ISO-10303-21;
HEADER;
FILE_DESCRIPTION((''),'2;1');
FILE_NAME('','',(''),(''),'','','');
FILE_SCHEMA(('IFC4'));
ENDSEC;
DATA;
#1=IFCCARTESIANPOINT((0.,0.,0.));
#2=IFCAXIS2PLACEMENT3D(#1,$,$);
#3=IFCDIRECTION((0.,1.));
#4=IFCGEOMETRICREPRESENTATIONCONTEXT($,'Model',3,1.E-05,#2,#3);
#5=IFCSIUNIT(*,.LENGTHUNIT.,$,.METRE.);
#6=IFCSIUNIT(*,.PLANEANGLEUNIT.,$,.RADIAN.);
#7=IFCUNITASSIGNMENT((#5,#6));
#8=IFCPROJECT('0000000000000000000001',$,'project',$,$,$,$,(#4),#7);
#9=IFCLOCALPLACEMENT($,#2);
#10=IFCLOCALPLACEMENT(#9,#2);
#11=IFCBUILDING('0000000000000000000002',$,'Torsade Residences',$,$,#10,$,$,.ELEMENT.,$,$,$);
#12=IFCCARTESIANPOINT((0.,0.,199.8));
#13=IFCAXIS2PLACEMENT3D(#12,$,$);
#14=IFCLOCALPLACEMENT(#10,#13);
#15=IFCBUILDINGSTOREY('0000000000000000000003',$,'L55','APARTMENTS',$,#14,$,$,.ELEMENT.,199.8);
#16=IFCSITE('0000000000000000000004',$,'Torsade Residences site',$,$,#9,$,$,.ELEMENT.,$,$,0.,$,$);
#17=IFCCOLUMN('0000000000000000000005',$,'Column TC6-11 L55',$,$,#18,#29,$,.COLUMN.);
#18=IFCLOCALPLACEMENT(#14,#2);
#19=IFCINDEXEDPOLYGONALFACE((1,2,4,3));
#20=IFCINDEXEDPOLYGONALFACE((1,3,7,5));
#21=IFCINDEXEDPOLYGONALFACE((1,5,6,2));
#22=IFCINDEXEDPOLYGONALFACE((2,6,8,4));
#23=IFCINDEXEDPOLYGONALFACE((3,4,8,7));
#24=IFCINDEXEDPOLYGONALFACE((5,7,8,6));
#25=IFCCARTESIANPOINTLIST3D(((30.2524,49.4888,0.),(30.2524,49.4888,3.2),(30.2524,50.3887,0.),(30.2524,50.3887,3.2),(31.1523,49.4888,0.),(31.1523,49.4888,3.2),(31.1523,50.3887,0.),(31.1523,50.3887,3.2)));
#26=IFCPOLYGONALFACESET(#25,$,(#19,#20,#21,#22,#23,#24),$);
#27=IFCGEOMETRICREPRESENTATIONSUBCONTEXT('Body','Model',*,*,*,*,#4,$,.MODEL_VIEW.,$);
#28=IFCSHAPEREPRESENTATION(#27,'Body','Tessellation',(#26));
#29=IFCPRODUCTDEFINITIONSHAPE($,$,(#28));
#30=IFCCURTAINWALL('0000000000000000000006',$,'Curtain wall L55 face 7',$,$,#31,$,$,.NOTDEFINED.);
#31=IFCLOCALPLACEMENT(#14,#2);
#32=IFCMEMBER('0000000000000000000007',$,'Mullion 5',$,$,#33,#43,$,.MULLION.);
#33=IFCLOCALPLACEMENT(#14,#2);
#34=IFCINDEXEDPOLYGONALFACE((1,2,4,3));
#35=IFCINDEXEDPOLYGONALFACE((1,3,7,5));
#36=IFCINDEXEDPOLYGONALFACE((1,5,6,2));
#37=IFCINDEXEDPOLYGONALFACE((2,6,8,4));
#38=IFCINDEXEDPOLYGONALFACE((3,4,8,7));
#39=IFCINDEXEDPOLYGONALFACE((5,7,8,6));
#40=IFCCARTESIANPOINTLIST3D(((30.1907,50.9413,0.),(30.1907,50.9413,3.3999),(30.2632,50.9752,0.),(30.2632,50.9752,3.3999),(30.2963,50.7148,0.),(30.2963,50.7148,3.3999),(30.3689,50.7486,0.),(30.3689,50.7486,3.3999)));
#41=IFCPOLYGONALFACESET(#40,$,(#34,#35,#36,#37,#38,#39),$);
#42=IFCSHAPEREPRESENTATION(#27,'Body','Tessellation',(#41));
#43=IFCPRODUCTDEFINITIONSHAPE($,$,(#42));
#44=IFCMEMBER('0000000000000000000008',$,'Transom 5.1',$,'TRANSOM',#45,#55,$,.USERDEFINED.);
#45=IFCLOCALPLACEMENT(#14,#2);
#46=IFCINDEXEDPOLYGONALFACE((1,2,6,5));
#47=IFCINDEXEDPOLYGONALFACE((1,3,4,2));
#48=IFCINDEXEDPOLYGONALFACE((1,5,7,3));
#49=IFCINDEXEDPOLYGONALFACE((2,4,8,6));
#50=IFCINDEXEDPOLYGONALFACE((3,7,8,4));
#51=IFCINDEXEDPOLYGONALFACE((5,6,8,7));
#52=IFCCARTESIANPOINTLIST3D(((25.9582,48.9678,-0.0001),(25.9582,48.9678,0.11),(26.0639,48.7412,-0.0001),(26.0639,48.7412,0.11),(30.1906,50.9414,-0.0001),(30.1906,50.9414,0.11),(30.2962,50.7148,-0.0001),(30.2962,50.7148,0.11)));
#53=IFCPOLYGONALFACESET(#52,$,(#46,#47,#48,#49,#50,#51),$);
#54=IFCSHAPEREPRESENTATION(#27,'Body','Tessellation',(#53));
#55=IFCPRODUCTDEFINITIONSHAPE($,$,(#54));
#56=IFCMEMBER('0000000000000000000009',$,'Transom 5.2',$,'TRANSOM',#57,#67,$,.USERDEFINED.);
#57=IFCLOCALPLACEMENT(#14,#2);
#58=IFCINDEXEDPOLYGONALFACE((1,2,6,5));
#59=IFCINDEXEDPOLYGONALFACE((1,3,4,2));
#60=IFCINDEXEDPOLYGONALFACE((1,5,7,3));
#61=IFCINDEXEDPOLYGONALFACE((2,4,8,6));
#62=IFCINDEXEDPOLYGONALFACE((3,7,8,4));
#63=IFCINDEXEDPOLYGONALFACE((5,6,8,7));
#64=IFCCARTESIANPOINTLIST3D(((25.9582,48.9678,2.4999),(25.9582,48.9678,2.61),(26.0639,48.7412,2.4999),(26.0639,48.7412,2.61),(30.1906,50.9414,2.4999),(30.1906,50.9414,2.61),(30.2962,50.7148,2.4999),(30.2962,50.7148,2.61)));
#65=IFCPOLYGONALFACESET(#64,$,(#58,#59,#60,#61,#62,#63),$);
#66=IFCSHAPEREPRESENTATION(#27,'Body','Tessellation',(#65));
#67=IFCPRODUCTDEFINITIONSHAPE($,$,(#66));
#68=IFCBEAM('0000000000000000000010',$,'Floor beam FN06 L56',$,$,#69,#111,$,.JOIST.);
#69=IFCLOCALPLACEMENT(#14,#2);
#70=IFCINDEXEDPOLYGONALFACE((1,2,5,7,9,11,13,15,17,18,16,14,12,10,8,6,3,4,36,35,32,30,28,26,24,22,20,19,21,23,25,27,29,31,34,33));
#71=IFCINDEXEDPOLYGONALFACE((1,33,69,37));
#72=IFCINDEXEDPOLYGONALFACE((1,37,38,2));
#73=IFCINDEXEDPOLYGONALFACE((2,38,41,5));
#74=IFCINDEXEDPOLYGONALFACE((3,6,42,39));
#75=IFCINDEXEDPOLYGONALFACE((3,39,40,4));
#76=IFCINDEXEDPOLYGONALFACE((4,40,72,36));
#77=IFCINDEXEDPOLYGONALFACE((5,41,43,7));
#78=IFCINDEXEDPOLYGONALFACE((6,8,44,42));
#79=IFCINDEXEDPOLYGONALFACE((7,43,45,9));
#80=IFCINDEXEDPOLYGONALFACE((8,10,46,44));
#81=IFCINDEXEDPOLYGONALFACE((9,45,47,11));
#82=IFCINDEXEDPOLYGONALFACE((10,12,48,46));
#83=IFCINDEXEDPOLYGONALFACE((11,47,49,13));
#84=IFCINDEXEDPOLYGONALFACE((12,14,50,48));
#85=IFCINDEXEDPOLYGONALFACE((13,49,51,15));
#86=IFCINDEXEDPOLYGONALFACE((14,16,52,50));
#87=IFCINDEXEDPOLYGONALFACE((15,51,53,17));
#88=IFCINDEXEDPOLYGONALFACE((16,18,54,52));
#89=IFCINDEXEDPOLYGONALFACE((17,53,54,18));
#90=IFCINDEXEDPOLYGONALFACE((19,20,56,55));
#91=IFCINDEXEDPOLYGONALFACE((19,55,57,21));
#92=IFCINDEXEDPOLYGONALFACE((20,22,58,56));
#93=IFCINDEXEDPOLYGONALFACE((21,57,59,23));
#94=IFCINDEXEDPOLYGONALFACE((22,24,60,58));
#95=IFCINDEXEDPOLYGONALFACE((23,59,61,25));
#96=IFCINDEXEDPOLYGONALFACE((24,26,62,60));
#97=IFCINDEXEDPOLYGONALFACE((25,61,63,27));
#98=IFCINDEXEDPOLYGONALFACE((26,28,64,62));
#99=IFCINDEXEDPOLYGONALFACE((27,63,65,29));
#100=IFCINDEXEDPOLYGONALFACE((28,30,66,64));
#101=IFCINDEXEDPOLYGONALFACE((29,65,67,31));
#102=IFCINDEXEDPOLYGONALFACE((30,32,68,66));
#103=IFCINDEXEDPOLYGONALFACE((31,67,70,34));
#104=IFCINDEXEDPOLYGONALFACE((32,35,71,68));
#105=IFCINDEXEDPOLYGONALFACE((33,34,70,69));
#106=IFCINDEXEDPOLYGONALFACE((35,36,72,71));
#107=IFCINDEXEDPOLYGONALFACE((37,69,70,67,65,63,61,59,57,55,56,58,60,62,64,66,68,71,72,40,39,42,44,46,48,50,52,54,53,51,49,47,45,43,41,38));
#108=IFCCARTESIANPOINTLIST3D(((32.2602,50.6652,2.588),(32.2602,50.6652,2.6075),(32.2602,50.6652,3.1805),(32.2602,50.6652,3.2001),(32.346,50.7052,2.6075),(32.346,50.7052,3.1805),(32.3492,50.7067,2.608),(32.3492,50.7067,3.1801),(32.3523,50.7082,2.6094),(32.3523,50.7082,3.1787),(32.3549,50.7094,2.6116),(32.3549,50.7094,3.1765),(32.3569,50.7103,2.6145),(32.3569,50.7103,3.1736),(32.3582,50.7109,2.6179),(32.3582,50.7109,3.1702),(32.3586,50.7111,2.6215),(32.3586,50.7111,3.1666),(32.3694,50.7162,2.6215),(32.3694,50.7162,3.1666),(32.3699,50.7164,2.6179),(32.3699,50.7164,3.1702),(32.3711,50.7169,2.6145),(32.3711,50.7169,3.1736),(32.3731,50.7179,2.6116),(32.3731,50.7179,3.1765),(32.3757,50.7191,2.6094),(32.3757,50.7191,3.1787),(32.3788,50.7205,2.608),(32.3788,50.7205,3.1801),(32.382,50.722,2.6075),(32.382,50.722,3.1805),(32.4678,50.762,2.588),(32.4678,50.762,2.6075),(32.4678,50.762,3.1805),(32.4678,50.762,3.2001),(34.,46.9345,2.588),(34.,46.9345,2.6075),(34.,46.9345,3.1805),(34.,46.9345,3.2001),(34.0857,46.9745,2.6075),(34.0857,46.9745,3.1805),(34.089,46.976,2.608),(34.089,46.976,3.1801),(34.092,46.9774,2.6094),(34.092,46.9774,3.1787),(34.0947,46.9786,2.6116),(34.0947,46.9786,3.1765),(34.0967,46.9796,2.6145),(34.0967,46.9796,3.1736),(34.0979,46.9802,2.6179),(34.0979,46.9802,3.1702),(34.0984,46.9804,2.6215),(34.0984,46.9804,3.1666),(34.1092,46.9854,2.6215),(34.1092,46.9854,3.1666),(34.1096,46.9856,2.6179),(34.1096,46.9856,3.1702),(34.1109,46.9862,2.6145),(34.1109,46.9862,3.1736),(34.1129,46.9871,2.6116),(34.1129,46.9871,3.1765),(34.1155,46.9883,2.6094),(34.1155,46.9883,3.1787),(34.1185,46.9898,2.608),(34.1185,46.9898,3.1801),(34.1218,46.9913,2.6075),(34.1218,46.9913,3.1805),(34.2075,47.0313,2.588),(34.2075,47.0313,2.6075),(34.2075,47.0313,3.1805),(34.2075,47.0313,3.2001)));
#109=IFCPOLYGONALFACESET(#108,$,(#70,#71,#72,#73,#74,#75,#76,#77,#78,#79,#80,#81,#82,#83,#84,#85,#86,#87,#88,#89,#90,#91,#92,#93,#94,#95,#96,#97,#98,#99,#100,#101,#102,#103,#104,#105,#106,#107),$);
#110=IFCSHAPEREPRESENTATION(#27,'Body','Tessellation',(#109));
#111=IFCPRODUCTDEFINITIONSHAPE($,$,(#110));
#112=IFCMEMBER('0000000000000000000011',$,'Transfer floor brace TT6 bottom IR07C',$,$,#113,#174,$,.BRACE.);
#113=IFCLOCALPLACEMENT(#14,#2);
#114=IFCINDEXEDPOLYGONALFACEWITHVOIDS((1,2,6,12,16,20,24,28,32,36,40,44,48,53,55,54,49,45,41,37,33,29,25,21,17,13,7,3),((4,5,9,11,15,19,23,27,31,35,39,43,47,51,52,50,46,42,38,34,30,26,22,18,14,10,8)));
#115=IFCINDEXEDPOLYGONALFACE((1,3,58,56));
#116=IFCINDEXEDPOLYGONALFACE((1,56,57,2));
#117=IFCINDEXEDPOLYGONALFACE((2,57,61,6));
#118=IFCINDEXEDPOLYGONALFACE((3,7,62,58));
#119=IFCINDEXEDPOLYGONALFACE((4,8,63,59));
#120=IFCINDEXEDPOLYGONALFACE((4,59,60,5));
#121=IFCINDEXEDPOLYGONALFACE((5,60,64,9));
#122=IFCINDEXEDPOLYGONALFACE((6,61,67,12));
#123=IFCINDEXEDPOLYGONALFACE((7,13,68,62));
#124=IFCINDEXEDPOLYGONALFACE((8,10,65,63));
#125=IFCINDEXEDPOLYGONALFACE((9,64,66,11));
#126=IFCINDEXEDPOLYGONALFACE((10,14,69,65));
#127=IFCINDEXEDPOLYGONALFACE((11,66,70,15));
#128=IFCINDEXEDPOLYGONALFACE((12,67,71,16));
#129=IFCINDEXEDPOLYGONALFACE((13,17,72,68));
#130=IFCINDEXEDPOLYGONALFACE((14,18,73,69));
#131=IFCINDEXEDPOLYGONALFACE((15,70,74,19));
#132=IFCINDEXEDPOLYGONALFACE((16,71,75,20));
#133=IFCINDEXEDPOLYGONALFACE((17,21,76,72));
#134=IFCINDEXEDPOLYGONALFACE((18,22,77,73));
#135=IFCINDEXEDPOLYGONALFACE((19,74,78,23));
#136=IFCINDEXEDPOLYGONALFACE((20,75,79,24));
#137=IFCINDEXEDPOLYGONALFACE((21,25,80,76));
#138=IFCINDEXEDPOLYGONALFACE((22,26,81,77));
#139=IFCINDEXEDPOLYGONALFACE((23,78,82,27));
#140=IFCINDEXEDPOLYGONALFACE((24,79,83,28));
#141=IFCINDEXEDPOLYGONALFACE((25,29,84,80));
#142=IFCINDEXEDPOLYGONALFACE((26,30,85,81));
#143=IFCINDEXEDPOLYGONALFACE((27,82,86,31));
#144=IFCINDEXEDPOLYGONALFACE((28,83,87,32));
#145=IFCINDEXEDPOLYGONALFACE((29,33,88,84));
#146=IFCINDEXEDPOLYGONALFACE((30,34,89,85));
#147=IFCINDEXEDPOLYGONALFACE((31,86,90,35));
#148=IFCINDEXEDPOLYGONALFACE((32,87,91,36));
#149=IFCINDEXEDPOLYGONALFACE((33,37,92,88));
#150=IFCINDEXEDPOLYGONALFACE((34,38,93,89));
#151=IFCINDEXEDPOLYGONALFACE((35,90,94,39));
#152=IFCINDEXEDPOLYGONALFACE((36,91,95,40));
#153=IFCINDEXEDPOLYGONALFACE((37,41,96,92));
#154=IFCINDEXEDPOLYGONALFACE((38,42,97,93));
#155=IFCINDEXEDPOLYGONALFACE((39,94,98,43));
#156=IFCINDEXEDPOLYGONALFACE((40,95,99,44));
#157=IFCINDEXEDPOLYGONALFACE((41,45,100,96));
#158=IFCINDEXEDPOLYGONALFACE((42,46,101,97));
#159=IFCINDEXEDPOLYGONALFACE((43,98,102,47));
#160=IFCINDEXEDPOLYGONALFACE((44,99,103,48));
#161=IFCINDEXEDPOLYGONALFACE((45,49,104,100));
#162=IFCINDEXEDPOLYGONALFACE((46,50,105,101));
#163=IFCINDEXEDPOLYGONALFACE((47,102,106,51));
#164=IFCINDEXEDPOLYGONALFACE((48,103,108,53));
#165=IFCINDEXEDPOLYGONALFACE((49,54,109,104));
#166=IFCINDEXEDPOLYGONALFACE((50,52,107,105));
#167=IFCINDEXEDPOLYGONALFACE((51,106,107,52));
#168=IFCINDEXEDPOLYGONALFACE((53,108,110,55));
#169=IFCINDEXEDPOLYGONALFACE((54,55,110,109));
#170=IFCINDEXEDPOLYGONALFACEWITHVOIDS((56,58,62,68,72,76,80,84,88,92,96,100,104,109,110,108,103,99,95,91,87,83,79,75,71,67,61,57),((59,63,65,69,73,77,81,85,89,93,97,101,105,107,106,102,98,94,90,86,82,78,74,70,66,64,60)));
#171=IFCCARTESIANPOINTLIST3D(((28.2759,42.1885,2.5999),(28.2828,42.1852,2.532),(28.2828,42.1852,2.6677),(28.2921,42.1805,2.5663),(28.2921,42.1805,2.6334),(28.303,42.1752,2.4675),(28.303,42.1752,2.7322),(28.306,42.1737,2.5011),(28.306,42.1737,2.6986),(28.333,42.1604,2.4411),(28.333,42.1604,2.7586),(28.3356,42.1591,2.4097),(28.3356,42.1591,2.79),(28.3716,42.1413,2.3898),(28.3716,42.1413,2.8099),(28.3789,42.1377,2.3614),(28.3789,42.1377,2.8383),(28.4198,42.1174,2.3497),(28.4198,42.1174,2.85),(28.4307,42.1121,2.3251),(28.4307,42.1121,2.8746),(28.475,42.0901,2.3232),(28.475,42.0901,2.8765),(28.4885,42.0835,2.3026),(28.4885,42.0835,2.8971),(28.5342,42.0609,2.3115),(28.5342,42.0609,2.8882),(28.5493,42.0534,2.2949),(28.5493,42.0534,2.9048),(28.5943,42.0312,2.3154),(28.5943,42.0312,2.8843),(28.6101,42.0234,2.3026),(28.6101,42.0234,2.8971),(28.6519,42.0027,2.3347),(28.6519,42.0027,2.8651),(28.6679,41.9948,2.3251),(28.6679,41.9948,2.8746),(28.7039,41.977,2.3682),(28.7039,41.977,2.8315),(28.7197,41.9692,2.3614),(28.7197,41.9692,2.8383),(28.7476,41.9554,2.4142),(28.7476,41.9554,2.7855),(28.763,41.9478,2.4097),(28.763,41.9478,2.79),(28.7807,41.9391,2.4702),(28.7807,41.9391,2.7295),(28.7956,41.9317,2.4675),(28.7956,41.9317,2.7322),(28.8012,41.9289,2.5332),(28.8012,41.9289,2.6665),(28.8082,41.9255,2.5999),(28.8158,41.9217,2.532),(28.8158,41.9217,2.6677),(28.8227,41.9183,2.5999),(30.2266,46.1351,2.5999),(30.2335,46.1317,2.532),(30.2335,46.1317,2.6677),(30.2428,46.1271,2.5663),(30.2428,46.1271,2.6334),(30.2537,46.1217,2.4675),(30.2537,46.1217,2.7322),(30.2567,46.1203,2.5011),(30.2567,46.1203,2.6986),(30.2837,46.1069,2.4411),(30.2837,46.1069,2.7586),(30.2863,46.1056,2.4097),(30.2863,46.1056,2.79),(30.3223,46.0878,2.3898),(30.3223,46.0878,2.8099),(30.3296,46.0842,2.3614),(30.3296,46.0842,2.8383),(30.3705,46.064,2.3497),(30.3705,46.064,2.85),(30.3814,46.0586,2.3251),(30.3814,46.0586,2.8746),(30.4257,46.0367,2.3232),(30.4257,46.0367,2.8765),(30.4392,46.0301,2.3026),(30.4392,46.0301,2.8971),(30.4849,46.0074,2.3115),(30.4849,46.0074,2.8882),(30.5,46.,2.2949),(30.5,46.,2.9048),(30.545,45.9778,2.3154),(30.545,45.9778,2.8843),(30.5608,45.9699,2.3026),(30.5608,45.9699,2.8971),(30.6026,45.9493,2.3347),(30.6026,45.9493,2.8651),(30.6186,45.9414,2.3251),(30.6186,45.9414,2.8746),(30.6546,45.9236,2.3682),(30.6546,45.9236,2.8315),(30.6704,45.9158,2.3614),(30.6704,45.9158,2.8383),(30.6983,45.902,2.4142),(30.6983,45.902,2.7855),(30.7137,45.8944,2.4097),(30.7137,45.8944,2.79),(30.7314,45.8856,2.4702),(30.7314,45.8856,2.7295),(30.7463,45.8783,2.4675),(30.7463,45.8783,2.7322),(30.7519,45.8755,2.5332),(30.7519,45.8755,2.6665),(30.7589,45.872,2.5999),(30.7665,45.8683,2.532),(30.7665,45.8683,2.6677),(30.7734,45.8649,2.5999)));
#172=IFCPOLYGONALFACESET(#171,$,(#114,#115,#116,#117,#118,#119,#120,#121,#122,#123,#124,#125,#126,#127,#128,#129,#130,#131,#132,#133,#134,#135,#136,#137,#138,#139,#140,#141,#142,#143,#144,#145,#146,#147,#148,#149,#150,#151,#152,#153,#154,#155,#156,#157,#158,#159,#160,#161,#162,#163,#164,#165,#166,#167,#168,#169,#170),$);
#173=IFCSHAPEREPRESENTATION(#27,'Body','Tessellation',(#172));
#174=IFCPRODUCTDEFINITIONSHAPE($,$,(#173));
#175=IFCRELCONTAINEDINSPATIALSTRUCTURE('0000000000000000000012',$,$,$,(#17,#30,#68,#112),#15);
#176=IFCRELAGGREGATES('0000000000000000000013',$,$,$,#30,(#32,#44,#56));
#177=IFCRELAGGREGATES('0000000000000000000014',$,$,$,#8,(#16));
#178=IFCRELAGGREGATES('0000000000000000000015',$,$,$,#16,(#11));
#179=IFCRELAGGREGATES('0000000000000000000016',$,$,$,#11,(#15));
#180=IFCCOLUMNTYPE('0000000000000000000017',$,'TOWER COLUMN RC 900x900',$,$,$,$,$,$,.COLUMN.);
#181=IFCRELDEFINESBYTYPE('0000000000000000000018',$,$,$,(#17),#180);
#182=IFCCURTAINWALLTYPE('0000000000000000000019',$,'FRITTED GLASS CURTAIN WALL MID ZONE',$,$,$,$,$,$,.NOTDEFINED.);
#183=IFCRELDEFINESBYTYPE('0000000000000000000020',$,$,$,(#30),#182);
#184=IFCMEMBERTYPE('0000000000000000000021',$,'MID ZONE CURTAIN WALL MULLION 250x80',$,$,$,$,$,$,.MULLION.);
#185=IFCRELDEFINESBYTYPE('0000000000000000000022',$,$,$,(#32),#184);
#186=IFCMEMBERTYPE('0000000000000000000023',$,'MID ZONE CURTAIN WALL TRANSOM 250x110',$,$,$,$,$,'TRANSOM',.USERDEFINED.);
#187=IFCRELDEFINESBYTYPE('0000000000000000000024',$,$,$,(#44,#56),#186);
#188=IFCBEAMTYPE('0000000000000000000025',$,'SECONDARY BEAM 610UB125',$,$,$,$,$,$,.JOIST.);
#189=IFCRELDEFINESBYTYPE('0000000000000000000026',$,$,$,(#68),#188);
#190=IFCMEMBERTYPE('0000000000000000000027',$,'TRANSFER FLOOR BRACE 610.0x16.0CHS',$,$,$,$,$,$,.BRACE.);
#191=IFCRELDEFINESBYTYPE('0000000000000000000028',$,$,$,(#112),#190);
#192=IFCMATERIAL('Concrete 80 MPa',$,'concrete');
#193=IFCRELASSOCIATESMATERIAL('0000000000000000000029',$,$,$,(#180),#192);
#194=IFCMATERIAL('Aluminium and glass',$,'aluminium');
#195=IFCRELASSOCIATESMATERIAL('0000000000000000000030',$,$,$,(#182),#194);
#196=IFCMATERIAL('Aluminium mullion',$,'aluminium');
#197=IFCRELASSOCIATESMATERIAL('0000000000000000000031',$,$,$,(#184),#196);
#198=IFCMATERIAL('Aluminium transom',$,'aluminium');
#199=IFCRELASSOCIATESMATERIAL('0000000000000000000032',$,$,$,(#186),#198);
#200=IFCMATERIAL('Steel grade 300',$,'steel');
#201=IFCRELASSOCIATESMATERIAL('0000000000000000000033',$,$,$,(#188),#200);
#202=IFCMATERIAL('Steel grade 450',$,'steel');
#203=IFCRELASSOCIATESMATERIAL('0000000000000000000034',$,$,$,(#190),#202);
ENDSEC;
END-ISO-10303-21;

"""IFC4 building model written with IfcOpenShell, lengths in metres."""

from ifc_helpers import new_model, si_unit, direction, frame, origin, origin_2d, place, context, subcontext, project, spatial, rectangle, hollow_circle, i_section, extrude, material, material_profile, profile_set, type_object, element, aggregate, save


model = new_model("IFC4")

# Units and contexts
model_context = context("Model", 3, precision=1e-05, world=origin(), true_north=direction((0.0, 1.0)))
body_context = subcontext(model_context, "Body", "Model", "MODEL_VIEW")
ifc_project = project(units=[si_unit("LENGTHUNIT", "METRE"), si_unit("PLANEANGLEUNIT", "RADIAN")], contexts=[model_context])

# Site, building, storey
site_placement = place(None, origin())
site = spatial("IfcSite", under=ifc_project, at=site_placement, Name="Torsade Residences site", CompositionType="ELEMENT", RefElevation=0.0)
building_placement = place(site_placement, origin())
building = spatial("IfcBuilding", under=site, at=building_placement, Name="Torsade Residences", CompositionType="ELEMENT")
storey_placement = place(building_placement, frame((0.0, 0.0, 199.8)))
storey = spatial("IfcBuildingStorey", under=building, at=storey_placement, Name="L55", Description="APARTMENTS", CompositionType="ELEMENT", Elevation=199.8)

# Column
ifc_material_1 = material(Name="Concrete 80 MPa", Category="concrete")
ifc_material_profile_1 = material_profile(ifc_material_1, rectangle(XDim=0.8999, YDim=0.8999, at=origin_2d()), Name="RC 900x900")
ifc_profile_set_1 = profile_set([ifc_material_profile_1], Name="Concrete 80 MPa")
column_type = type_object("IfcColumnType", Name="TOWER COLUMN RC 900x900", PredefinedType="COLUMN", material=ifc_profile_set_1)
column_placement = place(storey_placement, frame((30.7024, 49.9387, 0.0), z_axis=(0.0, 0.0, 1.0), x_axis=(1.0, 0.0, 0.0)))
element("IfcColumn", 1, at=column_placement, inside=storey, type_object=column_type, Name="Column TC6-11 L55", PredefinedType="COLUMN", context=body_context, shape_type="SweptSolid", body=[
    extrude(rectangle(XDim=0.8999, YDim=0.8999, at=origin_2d()), origin(), (0.0, 0.0, 1.0), 3.2),
])

# Curtain wall, members
ifc_material_2 = material(Name="Aluminium and glass", Category="aluminium")
curtain_wall_type = type_object("IfcCurtainWallType", Name="FRITTED GLASS CURTAIN WALL MID ZONE", PredefinedType="NOTDEFINED", material=ifc_material_2)
curtain_wall_placement = place(storey_placement, origin())
curtain_wall = element("IfcCurtainWall", 2, at=curtain_wall_placement, inside=storey, type_object=curtain_wall_type, Name="Curtain wall L55 face 7", PredefinedType="NOTDEFINED")
ifc_material_3 = material(Name="Aluminium mullion", Category="aluminium")
ifc_material_profile_2 = material_profile(ifc_material_3, rectangle(XDim=0.25, YDim=0.0801, at=origin_2d()), Name="MID ZONE CURTAIN WALL MULLION 250x80")
ifc_profile_set_2 = profile_set([ifc_material_profile_2], Name="Aluminium mullion")
member_type_1 = type_object("IfcMemberType", Name="MID ZONE CURTAIN WALL MULLION 250x80", PredefinedType="MULLION", material=ifc_profile_set_2)
member_1_placement = place(storey_placement, frame((30.2798, 50.845, 0.0), z_axis=(0.0, 0.0, 1.0), x_axis=(0.422618, -0.906308, 0.0)))
member_1 = element("IfcMember", 3, at=member_1_placement, type_object=member_type_1, Name="Mullion 5", PredefinedType="MULLION", context=body_context, shape_type="SweptSolid", body=[
    extrude(rectangle(XDim=0.25, YDim=0.0801, at=origin_2d()), origin(), (0.0, 0.0, 1.0), 3.3999),
])
ifc_material_4 = material(Name="Aluminium transom", Category="aluminium")
ifc_material_profile_3 = material_profile(ifc_material_4, rectangle(XDim=0.25, YDim=0.1101, at=origin_2d()), Name="MID ZONE CURTAIN WALL TRANSOM 250x110")
ifc_profile_set_3 = profile_set([ifc_material_profile_3], Name="Aluminium transom")
member_type_2 = type_object("IfcMemberType", Name="MID ZONE CURTAIN WALL TRANSOM 250x110", ElementType="TRANSOM", PredefinedType="USERDEFINED", material=ifc_profile_set_3)
member_2_placement = place(storey_placement, frame((30.2434, 50.8281, 0.0549), z_axis=(-0.906306, -0.422622, 0.0), x_axis=(0.422622, -0.906306, 0.0)))
member_2 = element("IfcMember", 4, at=member_2_placement, type_object=member_type_2, Name="Transom 5.1", ObjectType="TRANSOM", PredefinedType="USERDEFINED", context=body_context, shape_type="SweptSolid", body=[
    extrude(rectangle(XDim=0.25, YDim=0.1101, at=origin_2d()), origin(), (0.0, 0.0, 1.0), 4.6699),
])
member_3_placement = place(storey_placement, frame((30.2434, 50.8281, 2.5549), z_axis=(-0.906306, -0.422622, 0.0), x_axis=(0.422622, -0.906306, 0.0)))
member_3 = element("IfcMember", 5, at=member_3_placement, type_object=member_type_2, Name="Transom 5.2", ObjectType="TRANSOM", PredefinedType="USERDEFINED", context=body_context, shape_type="SweptSolid", body=[
    extrude(rectangle(XDim=0.25, YDim=0.1101, at=origin_2d()), origin(), (0.0, 0.0, 1.0), 4.6699),
])

# Beam
ifc_material_5 = material(Name="Steel grade 300", Category="steel")
ifc_material_profile_4 = material_profile(ifc_material_5, i_section(OverallWidth=0.229, OverallDepth=0.6121, WebThickness=0.012, FlangeThickness=0.0195, FilletRadius=0.0139, at=origin_2d()), Name="610UB125")
ifc_profile_set_4 = profile_set([ifc_material_profile_4], Name="Steel grade 300")
beam_type_1 = type_object("IfcBeamType", Name="SECONDARY BEAM 610UB125", PredefinedType="JOIST", material=ifc_profile_set_4)
beam_1_placement = place(storey_placement, frame((32.364, 50.7136, 2.894), z_axis=(0.422635, -0.9063, 0.0), x_axis=(0.9063, 0.422635, 0.0)))
element("IfcBeam", 6, at=beam_1_placement, inside=storey, type_object=beam_type_1, Name="Floor beam FN06 L56", PredefinedType="JOIST", context=body_context, shape_type="SweptSolid", body=[
    extrude(i_section(OverallWidth=0.229, OverallDepth=0.6121, WebThickness=0.012, FlangeThickness=0.0195, FilletRadius=0.0139, at=origin_2d()), origin(), (0.0, 0.0, 1.0), 4.1165),
])

# Member
ifc_material_6 = material(Name="Steel grade 450", Category="steel")
ifc_material_profile_5 = material_profile(ifc_material_6, hollow_circle(Radius=0.3049, WallThickness=0.0161, at=origin_2d()), Name="610.0x16.0CHS")
ifc_profile_set_5 = profile_set([ifc_material_profile_5], Name="Steel grade 450")
member_type_3 = type_object("IfcMemberType", Name="TRANSFER FLOOR BRACE 610.0x16.0CHS", PredefinedType="BRACE", material=ifc_profile_set_5)
member_4_placement = place(storey_placement, frame((30.5, 46.0, 2.5999), z_axis=(-0.443105, -0.89647, 0.0), x_axis=(0.89647, -0.443105, 0.0)))
element("IfcMember", 7, at=member_4_placement, inside=storey, type_object=member_type_3, Name="Transfer floor brace TT6 bottom IR07C", PredefinedType="BRACE", context=body_context, shape_type="SweptSolid", body=[
    extrude(hollow_circle(Radius=0.3049, WallThickness=0.0161, at=origin_2d()), origin(), (0.0, 0.0, 1.0), 4.4023),
])

aggregate(curtain_wall, [member_1, member_2, member_3])

save(model, "model.ifc")
